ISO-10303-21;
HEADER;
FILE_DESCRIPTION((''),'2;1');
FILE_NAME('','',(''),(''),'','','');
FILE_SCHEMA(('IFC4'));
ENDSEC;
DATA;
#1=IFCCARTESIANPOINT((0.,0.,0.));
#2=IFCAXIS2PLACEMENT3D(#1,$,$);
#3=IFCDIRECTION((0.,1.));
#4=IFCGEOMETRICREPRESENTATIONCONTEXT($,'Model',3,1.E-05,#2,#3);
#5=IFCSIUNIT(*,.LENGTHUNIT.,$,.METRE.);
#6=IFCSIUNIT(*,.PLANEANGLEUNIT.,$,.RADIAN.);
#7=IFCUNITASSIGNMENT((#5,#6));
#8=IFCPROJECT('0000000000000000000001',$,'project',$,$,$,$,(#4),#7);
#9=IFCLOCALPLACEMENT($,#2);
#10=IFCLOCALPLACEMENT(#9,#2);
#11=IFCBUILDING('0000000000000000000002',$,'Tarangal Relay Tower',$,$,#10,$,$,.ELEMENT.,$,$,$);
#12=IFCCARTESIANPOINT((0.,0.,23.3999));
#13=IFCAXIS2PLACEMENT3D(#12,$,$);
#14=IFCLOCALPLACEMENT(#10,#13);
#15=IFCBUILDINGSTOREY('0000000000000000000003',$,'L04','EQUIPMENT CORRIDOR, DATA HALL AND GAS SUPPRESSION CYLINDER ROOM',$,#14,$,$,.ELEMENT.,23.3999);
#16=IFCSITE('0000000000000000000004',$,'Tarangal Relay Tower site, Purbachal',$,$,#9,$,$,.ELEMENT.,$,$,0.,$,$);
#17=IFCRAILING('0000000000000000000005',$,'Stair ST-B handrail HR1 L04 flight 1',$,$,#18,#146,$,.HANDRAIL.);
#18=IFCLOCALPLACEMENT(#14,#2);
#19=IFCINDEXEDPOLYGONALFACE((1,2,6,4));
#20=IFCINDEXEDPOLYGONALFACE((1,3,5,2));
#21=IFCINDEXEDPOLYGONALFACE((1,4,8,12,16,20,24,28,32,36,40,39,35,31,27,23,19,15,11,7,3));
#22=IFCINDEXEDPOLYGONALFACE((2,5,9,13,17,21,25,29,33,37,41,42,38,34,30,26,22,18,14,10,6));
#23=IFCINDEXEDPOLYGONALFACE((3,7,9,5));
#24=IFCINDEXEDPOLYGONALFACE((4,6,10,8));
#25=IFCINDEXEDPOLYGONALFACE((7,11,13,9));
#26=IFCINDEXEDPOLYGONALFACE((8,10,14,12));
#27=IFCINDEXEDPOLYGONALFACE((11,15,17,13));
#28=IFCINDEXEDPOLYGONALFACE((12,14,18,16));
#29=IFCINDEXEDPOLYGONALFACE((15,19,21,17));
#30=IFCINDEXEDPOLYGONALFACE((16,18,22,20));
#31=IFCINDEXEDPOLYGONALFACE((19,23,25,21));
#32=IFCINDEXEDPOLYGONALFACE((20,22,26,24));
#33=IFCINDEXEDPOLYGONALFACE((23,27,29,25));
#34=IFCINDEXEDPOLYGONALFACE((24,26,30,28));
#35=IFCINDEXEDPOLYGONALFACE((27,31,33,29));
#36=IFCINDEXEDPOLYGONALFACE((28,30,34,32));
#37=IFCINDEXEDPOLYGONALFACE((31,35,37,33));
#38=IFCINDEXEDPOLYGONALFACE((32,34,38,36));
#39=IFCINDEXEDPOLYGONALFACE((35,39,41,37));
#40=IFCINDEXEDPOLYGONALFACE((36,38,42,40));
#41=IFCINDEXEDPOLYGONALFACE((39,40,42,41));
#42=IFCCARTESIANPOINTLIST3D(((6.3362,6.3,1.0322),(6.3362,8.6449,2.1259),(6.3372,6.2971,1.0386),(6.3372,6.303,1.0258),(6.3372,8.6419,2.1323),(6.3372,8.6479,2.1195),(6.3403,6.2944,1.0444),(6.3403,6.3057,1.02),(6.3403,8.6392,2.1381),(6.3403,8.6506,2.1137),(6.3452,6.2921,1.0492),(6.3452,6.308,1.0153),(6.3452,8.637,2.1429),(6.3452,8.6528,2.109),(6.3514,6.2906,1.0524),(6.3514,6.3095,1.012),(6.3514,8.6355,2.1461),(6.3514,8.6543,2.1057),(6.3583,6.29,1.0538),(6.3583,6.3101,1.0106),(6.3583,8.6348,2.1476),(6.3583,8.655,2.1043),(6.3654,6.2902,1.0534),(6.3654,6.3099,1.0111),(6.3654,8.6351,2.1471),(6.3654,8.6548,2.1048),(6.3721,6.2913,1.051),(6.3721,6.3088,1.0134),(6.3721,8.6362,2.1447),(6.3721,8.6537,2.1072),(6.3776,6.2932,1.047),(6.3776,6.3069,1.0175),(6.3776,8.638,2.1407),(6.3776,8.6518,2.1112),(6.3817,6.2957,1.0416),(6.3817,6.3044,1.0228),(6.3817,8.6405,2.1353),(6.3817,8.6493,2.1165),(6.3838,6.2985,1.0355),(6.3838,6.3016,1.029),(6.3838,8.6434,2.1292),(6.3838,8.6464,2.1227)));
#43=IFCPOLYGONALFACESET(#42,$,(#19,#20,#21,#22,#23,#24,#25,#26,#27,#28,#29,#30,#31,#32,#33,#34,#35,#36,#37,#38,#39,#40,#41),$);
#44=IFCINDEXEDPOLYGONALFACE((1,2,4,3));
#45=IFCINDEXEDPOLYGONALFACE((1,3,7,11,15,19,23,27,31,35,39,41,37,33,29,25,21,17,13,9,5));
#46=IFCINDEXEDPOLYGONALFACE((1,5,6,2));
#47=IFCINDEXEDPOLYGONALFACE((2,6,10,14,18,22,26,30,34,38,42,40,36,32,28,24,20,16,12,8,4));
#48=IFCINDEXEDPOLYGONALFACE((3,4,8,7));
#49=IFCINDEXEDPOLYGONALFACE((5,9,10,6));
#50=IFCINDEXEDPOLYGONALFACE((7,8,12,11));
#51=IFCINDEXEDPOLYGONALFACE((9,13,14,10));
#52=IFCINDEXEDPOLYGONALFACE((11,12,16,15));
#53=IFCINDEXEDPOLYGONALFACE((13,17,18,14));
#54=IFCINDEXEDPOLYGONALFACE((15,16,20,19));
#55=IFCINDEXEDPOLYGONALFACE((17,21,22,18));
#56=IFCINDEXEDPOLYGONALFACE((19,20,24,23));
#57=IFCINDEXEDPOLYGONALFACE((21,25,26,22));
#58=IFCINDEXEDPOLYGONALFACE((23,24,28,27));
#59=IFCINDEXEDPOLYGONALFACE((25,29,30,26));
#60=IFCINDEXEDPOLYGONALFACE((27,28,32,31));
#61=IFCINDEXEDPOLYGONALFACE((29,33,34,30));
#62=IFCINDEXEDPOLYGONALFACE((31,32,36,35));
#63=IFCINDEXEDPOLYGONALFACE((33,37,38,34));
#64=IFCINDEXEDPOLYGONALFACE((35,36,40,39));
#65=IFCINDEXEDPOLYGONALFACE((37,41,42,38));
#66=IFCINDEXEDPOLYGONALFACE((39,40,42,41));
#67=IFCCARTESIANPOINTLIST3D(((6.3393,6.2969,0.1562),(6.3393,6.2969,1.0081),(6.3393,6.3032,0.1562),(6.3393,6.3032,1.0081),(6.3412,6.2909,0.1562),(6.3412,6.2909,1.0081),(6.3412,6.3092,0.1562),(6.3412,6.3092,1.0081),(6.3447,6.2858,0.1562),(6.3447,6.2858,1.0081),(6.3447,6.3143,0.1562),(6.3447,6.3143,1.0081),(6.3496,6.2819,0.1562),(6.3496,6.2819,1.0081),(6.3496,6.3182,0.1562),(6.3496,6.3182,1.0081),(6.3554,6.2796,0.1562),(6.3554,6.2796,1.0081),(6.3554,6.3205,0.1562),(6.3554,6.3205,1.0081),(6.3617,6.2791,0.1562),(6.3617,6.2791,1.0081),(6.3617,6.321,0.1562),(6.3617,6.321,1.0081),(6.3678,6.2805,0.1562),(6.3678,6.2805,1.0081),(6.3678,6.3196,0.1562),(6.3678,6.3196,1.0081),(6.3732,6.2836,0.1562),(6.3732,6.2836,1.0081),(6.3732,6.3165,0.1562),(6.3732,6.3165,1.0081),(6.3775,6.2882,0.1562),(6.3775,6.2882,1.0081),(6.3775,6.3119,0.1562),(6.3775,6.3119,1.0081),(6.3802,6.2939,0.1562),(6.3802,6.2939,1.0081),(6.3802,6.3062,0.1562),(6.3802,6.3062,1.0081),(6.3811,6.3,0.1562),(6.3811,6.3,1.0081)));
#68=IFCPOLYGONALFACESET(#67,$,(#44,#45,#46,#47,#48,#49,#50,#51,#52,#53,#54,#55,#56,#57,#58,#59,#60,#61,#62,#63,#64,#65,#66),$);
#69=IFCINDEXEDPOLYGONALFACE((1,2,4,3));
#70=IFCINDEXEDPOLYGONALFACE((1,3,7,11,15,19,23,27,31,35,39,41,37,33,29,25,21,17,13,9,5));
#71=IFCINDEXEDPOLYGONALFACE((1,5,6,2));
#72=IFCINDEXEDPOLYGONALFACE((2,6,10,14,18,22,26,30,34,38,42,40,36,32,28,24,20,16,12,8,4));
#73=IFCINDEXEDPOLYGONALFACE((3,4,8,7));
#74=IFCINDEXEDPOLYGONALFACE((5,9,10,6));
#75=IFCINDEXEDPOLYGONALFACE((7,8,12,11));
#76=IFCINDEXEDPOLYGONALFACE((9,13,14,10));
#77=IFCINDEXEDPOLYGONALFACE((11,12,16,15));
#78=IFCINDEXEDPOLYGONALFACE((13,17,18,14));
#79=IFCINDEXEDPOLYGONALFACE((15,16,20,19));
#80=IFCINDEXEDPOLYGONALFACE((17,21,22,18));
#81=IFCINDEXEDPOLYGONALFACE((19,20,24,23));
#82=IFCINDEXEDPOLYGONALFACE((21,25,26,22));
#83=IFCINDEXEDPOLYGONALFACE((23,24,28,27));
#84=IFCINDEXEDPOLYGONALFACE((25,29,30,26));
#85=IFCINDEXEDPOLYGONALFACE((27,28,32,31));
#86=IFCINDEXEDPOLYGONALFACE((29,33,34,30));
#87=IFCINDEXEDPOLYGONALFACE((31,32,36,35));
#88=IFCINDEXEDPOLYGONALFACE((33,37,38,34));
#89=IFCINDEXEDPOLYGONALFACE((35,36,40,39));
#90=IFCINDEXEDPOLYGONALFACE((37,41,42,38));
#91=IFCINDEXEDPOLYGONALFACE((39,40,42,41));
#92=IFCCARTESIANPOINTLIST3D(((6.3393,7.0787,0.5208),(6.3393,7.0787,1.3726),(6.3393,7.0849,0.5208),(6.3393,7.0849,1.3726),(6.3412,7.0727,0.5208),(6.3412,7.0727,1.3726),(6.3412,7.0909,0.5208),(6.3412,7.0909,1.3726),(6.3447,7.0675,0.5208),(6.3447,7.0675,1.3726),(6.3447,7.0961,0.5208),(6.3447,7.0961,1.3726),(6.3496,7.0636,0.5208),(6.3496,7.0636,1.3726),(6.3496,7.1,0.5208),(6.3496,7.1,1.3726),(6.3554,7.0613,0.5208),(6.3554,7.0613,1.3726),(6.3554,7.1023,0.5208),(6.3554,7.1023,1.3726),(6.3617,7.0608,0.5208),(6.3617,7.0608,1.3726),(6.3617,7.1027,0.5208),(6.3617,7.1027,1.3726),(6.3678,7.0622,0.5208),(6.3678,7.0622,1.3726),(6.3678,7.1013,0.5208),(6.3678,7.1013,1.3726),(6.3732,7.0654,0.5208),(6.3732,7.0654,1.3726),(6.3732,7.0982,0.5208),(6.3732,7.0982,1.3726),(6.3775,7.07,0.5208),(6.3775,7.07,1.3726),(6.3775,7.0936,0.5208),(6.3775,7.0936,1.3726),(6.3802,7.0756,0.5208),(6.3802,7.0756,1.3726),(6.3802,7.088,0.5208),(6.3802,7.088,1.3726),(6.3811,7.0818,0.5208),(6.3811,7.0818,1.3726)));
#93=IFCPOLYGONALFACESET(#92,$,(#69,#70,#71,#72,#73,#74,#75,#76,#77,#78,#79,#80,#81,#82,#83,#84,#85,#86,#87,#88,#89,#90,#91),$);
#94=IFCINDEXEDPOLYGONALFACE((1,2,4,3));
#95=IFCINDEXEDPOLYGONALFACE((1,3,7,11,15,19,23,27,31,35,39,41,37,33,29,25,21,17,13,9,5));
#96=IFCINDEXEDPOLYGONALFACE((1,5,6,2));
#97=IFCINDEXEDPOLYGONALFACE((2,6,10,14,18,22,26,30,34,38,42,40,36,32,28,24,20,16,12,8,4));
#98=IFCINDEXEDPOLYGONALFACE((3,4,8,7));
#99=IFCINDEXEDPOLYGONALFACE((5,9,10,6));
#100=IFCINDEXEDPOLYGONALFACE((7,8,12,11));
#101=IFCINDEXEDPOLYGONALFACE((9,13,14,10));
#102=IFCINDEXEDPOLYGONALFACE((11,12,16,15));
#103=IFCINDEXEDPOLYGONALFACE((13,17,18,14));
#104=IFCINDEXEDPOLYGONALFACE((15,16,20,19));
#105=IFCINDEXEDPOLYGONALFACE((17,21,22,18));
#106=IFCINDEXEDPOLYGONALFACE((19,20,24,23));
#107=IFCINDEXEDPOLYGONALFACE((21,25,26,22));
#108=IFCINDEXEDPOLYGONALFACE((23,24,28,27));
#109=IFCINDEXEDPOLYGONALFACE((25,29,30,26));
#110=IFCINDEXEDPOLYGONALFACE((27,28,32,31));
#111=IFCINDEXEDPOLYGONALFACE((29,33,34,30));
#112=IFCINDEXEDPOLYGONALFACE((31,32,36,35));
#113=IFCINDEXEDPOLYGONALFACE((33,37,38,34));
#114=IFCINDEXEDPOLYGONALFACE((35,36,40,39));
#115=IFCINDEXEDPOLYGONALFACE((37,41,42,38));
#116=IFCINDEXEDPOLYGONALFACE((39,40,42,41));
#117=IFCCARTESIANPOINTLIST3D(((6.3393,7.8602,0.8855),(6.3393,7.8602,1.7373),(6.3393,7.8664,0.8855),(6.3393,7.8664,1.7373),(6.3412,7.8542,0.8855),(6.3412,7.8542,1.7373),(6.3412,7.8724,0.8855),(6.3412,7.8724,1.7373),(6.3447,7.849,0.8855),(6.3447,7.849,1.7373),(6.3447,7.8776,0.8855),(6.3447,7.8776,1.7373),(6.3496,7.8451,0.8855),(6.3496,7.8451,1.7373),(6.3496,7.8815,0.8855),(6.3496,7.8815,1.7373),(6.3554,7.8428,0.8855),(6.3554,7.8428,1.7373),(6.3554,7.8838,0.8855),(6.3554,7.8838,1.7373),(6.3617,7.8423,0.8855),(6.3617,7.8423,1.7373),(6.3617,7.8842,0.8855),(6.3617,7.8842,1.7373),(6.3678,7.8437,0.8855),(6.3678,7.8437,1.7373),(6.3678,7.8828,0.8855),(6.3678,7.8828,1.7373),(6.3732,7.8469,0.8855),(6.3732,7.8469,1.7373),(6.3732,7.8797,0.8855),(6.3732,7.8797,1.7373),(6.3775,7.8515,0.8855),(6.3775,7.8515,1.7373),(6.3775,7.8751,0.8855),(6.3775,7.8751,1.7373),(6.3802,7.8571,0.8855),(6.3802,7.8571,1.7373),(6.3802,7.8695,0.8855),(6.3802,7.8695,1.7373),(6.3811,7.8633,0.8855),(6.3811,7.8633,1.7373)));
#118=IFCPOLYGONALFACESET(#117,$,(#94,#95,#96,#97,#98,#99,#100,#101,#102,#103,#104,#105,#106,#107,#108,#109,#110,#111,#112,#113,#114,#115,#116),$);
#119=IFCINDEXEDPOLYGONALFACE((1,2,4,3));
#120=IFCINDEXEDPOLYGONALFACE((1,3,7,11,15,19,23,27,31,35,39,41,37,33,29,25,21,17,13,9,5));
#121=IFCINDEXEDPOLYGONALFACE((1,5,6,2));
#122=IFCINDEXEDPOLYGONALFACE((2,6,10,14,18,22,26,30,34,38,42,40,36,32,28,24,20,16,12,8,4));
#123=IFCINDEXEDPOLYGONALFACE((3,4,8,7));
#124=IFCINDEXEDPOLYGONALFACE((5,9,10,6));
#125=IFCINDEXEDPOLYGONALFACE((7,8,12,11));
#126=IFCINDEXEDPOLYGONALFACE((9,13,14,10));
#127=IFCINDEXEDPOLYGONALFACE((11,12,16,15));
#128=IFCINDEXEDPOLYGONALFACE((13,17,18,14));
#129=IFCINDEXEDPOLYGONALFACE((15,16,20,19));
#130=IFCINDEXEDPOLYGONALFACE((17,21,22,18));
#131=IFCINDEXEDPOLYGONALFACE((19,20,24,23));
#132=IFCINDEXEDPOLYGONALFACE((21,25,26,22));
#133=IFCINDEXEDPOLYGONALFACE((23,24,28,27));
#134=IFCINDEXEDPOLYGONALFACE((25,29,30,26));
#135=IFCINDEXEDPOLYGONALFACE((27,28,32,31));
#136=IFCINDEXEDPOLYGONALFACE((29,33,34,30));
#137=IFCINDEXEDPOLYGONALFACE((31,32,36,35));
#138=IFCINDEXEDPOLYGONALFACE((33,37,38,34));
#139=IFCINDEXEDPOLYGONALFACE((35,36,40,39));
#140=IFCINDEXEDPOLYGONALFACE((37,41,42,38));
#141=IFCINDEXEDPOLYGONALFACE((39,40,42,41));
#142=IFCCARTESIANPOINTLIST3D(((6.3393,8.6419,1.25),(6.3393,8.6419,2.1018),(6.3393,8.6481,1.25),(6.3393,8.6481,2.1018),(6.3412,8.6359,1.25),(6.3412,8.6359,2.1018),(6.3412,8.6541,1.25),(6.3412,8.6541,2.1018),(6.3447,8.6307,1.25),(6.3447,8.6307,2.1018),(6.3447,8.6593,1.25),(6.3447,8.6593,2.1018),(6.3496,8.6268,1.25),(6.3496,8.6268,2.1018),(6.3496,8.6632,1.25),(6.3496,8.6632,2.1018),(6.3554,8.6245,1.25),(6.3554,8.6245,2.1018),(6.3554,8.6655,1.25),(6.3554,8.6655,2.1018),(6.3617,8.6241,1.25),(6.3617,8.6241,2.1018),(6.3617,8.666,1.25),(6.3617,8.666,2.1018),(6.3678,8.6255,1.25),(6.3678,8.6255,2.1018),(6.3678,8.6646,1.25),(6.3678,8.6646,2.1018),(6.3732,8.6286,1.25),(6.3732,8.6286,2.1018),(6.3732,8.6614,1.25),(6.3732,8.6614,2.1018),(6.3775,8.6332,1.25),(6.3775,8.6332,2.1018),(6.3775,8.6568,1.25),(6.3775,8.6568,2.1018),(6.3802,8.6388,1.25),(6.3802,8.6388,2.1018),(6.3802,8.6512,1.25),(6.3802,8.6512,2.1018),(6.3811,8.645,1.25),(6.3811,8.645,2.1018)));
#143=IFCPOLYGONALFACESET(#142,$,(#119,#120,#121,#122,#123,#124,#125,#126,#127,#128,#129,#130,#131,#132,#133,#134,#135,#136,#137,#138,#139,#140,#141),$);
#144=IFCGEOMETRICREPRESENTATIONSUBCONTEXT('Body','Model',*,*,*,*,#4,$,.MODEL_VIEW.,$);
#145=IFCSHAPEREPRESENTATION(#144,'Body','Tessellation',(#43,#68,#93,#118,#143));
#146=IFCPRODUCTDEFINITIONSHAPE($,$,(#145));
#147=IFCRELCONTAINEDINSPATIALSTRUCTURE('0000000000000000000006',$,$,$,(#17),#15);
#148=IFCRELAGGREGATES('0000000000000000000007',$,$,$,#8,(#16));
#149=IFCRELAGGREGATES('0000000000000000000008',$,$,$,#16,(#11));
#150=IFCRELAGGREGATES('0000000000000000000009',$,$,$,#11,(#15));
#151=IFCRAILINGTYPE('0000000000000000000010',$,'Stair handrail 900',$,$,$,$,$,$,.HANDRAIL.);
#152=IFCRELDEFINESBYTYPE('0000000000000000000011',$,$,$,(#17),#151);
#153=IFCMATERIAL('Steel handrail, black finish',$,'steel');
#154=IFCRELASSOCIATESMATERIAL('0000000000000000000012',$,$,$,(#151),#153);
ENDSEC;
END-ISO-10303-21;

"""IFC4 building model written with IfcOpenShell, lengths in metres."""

from ifc_helpers import new_model, si_unit, direction, frame, origin, origin_2d, place, context, subcontext, project, spatial, circle, extrude, material, type_object, element, save


model = new_model("IFC4")

# Units and contexts
model_context = context("Model", 3, precision=1e-05, world=origin(), true_north=direction((0.0, 1.0)))
body_context = subcontext(model_context, "Body", "Model", "MODEL_VIEW")
ifc_project = project(units=[si_unit("LENGTHUNIT", "METRE"), si_unit("PLANEANGLEUNIT", "RADIAN")], contexts=[model_context])

# Site, building, storey
site_placement = place(None, origin())
site = spatial("IfcSite", under=ifc_project, at=site_placement, Name="Tarangal Relay Tower site, Purbachal", CompositionType="ELEMENT", RefElevation=0.0)
building_placement = place(site_placement, origin())
building = spatial("IfcBuilding", under=site, at=building_placement, Name="Tarangal Relay Tower", CompositionType="ELEMENT")
storey_placement = place(building_placement, frame((0.0, 0.0, 23.3999)))
storey = spatial("IfcBuildingStorey", under=building, at=storey_placement, Name="L04", Description="EQUIPMENT CORRIDOR, DATA HALL AND GAS SUPPRESSION CYLINDER ROOM", CompositionType="ELEMENT", Elevation=23.3999)

# Railing
ifc_material_1 = material(Name="Steel handrail, black finish", Category="steel")
railing_type_1 = type_object("IfcRailingType", Name="Stair handrail 900", PredefinedType="HANDRAIL", material=ifc_material_1)
for number, where, name in (
    (1, (6.3601, 6.3, 0.1562), "Stair ST-B handrail HR1 L04 flight 1"),
):
    element("IfcRailing", number, at=place(storey_placement, frame(where)), inside=storey, type_object=railing_type_1, Name=name, PredefinedType="HANDRAIL", context=body_context, shape_type="SweptSolid", body=[
        extrude(circle(Radius=0.0239, at=origin_2d()), frame((0.0, 0.0, 0.876), z_axis=(0.0, 0.906267, 0.422705), x_axis=(-1.0, 0.0, 0.0)), (0.0, 0.0, 1.0), 2.5874),
        extrude(circle(Radius=0.021, at=origin_2d()), origin(), (0.0, 0.0, 1.0), 0.8518),
        extrude(circle(Radius=0.021, at=origin_2d()), frame((0.0, 0.7817, 0.3645)), (0.0, 0.0, 1.0), 0.8518),
        extrude(circle(Radius=0.021, at=origin_2d()), frame((0.0, 1.5632, 0.7292)), (0.0, 0.0, 1.0), 0.8518),
        extrude(circle(Radius=0.021, at=origin_2d()), frame((0.0, 2.345, 1.0938)), (0.0, 0.0, 1.0), 0.8518),
    ])

save(model, "model.ifc")
